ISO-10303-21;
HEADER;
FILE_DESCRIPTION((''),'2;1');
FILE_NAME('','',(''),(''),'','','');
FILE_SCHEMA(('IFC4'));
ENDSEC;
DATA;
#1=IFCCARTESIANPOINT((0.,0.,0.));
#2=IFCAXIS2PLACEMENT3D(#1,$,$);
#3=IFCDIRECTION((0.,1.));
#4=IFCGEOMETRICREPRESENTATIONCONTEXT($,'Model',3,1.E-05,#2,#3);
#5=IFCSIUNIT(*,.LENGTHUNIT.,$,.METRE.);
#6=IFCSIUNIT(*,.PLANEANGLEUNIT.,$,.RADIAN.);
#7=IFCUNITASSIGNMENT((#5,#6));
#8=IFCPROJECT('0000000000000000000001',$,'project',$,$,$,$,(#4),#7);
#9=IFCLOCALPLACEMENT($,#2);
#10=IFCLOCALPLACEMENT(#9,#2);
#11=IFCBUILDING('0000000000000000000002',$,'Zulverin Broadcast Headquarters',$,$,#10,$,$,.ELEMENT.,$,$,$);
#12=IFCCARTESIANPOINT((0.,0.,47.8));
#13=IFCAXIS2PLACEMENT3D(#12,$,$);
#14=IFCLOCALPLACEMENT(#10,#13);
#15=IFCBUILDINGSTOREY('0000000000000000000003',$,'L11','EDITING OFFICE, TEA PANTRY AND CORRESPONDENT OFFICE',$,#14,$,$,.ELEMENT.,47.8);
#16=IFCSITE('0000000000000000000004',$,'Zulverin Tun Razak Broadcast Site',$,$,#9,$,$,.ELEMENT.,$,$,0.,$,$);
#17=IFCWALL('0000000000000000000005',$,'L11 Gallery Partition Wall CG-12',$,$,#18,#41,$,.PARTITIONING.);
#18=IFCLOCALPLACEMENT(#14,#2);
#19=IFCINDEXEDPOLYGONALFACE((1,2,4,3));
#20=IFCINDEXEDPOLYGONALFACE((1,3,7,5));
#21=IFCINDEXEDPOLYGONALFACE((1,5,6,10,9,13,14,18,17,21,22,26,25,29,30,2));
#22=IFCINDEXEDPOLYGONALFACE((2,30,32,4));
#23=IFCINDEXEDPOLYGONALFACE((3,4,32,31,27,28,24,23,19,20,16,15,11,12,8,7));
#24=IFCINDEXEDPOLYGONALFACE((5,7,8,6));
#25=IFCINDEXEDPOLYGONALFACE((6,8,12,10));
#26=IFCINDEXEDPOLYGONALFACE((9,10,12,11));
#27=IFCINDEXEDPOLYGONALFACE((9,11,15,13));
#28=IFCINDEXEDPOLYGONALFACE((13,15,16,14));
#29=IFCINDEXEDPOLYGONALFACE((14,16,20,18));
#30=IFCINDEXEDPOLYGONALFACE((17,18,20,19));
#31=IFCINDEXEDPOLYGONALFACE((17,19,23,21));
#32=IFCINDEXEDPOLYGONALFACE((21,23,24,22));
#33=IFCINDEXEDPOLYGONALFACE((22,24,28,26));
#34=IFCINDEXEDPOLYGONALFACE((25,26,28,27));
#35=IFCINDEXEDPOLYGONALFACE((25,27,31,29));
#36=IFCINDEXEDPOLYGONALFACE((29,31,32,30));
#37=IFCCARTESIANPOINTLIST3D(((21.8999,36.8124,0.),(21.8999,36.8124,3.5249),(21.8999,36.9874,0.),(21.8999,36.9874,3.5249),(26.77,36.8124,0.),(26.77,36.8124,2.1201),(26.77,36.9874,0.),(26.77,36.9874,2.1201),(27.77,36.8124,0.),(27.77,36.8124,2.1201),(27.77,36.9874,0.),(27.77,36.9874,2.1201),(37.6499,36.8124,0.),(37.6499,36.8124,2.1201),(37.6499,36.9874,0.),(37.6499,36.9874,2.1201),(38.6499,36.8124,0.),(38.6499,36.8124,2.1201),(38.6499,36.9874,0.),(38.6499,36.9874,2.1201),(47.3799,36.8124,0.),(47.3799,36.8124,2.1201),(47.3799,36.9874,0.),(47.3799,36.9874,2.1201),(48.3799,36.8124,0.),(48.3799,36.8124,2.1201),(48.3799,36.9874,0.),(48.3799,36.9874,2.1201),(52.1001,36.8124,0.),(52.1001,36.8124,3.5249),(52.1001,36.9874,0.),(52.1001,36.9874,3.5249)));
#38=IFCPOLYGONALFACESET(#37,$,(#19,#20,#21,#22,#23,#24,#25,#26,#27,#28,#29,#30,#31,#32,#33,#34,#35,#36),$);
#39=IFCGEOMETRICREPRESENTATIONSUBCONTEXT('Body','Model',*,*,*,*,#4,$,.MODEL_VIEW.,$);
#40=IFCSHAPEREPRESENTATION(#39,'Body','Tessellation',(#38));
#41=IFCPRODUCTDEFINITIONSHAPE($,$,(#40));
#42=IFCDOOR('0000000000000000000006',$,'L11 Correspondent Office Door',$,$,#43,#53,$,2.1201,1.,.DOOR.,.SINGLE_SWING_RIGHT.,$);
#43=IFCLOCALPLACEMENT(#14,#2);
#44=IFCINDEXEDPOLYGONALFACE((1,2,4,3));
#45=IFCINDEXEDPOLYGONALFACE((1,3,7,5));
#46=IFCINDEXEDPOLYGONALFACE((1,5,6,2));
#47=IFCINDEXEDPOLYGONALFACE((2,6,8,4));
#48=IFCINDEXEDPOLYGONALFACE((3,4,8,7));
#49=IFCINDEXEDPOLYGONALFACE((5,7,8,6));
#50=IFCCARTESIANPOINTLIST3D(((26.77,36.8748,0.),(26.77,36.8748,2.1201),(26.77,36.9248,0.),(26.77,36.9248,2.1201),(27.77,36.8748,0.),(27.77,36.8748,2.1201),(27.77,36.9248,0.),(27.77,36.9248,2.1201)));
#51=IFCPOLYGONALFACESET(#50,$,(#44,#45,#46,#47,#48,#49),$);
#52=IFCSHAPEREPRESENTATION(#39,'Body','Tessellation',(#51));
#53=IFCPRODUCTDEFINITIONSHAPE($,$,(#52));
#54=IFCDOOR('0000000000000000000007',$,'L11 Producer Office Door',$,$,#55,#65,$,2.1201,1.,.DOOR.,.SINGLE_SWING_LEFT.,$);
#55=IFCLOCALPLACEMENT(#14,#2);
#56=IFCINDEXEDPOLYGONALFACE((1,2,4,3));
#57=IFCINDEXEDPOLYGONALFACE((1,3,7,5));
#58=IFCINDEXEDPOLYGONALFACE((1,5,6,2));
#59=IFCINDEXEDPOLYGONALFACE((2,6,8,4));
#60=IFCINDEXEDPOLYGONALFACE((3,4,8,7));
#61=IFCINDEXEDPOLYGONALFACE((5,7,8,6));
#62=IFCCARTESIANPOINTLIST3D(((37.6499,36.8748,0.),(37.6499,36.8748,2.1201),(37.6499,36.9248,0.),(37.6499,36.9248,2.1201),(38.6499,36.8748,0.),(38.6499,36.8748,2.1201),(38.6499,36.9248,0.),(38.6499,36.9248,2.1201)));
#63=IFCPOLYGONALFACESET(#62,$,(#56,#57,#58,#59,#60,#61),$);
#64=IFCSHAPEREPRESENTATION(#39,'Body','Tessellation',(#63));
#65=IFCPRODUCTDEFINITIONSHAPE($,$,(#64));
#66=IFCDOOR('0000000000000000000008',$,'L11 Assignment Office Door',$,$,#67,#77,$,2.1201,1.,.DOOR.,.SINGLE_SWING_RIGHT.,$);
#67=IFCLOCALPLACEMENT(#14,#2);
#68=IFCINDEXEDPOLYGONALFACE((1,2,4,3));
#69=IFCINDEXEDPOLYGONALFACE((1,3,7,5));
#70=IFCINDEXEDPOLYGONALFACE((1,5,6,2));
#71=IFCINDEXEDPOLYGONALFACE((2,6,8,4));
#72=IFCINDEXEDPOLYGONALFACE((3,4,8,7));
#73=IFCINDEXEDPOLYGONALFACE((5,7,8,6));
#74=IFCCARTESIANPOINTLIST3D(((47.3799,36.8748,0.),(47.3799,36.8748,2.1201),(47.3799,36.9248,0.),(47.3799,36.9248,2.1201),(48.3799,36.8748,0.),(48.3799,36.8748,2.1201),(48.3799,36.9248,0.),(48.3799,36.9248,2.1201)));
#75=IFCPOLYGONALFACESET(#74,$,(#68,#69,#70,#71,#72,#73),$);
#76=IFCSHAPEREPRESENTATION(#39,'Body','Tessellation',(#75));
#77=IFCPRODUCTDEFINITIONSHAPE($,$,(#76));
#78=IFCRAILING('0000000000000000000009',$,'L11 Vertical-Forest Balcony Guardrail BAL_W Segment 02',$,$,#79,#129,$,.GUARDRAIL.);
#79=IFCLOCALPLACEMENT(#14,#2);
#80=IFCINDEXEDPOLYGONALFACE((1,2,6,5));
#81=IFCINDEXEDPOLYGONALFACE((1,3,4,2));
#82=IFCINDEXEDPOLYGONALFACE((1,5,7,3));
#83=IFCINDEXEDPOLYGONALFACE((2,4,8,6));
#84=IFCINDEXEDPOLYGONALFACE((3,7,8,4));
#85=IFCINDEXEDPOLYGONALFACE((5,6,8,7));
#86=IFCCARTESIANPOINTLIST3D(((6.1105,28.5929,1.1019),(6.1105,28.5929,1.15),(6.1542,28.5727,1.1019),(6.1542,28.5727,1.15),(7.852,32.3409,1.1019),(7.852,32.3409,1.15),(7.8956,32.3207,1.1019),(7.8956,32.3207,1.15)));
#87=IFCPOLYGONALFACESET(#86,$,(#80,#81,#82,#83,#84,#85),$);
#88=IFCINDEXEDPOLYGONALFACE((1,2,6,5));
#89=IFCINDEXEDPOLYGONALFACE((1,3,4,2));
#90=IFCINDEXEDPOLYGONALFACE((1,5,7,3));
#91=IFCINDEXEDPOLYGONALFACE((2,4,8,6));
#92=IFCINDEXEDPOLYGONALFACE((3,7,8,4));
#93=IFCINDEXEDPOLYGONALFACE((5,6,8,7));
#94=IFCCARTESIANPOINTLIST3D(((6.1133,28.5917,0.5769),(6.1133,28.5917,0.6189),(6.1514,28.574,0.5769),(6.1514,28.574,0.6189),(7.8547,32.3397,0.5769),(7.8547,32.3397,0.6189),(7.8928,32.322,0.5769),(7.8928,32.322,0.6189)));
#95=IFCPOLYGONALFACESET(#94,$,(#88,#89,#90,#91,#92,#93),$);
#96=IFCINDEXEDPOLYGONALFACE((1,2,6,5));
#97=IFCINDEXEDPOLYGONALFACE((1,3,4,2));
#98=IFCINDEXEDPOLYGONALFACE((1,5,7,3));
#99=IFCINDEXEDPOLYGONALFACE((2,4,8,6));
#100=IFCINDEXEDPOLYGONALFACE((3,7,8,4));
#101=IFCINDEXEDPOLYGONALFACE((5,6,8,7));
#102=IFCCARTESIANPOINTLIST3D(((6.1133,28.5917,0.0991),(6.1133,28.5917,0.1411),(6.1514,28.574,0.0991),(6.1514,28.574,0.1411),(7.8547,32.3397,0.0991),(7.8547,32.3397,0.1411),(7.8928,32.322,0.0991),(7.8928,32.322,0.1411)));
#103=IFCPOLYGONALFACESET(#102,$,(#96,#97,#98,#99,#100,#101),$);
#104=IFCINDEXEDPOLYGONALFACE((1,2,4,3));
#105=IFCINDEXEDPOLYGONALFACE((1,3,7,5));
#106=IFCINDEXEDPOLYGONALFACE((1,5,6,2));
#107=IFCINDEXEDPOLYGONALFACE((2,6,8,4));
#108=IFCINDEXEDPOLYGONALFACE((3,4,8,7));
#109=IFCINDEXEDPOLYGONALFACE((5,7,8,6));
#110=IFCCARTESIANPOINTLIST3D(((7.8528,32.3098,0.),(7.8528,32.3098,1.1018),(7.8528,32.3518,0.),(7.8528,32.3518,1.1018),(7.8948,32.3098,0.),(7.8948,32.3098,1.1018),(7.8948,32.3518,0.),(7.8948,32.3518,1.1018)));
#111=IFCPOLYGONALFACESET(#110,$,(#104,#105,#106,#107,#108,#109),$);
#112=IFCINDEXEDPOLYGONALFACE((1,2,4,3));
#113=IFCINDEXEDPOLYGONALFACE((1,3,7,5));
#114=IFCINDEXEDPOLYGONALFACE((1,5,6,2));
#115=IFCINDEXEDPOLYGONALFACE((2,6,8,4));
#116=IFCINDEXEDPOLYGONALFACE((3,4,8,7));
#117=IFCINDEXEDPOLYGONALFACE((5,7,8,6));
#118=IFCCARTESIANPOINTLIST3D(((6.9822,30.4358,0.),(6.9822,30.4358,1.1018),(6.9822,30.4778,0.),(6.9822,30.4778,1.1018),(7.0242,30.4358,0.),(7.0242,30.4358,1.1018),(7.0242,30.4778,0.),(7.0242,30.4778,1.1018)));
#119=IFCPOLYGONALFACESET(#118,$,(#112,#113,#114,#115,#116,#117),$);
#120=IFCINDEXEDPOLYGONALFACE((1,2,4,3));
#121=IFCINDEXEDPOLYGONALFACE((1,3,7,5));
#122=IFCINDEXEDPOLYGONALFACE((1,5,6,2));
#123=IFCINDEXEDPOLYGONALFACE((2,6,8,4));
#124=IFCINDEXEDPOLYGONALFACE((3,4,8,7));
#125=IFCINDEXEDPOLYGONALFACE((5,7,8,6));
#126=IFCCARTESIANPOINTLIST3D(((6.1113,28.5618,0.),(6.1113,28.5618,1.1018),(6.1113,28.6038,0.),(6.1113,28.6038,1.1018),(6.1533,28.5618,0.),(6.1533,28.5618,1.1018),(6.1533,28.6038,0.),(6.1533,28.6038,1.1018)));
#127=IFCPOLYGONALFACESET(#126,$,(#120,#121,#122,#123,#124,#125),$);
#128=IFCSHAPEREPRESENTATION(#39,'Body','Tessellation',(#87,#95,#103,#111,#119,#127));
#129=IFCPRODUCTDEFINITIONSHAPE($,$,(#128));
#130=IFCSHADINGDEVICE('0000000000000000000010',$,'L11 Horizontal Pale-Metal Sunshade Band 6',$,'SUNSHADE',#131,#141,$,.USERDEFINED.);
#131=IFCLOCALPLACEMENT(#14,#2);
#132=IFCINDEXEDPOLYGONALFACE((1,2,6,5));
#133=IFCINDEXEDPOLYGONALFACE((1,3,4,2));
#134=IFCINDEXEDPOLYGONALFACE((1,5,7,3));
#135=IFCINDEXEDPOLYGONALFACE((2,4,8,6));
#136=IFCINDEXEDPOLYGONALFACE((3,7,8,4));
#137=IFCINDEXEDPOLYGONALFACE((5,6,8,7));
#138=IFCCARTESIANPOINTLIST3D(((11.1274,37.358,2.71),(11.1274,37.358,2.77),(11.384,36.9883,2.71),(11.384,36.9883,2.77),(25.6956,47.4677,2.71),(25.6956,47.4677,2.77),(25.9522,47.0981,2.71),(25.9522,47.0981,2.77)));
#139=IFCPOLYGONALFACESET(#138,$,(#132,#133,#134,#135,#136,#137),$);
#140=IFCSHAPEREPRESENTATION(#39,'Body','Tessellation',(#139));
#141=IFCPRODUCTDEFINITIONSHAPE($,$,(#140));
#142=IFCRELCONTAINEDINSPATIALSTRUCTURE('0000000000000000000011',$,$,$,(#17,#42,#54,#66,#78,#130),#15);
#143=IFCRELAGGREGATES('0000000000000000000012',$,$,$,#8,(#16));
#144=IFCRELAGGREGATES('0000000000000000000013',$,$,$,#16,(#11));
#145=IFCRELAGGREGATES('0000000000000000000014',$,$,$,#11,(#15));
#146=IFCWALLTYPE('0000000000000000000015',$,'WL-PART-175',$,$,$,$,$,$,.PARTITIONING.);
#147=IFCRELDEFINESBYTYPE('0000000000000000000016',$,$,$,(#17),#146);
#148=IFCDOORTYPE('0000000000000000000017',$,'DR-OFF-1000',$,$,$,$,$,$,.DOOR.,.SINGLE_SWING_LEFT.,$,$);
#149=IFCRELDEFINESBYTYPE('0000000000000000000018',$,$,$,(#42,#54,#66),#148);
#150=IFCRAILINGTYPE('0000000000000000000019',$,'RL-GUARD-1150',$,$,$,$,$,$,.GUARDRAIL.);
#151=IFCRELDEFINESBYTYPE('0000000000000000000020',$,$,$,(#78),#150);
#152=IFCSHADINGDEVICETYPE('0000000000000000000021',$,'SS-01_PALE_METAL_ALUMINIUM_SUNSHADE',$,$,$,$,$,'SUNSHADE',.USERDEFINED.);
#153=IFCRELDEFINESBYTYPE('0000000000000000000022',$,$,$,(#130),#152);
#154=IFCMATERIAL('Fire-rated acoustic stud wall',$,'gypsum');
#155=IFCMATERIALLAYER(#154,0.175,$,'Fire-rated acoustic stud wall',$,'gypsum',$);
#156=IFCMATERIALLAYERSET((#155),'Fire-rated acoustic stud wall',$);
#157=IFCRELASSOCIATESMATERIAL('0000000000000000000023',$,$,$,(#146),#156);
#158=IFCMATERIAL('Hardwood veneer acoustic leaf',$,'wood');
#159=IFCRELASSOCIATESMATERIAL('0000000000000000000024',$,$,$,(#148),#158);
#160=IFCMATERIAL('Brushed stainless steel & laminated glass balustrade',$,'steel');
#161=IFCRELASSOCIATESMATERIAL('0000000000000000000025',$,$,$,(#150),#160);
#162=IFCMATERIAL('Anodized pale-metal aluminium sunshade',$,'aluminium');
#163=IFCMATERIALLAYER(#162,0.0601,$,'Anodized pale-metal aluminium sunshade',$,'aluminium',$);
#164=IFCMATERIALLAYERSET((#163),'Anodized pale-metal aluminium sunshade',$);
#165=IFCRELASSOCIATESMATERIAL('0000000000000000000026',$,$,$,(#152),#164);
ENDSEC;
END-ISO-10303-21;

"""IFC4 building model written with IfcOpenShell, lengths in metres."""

from ifc_helpers import new_model, si_unit, direction, frame, frame_2d, origin, origin_2d, place, context, subcontext, project, spatial, rectangle, extrude, material, layer, layer_set, type_object, element, fill, save


model = new_model("IFC4")

# Units and contexts
model_context = context("Model", 3, precision=1e-05, world=origin(), true_north=direction((0.0, 1.0)))
body_context = subcontext(model_context, "Body", "Model", "MODEL_VIEW")
ifc_project = project(units=[si_unit("LENGTHUNIT", "METRE"), si_unit("PLANEANGLEUNIT", "RADIAN")], contexts=[model_context])

# Site, building, storey
site_placement = place(None, origin())
site = spatial("IfcSite", under=ifc_project, at=site_placement, Name="Zulverin Tun Razak Broadcast Site", CompositionType="ELEMENT", RefElevation=0.0)
building_placement = place(site_placement, origin())
building = spatial("IfcBuilding", under=site, at=building_placement, Name="Zulverin Broadcast Headquarters", CompositionType="ELEMENT")
storey_placement = place(building_placement, frame((0.0, 0.0, 47.8)))
storey = spatial("IfcBuildingStorey", under=building, at=storey_placement, Name="L11", Description="EDITING OFFICE, TEA PANTRY AND CORRESPONDENT OFFICE", CompositionType="ELEMENT", Elevation=47.8)

# Wall, openings, doors
ifc_material_1 = material(Name="Fire-rated acoustic stud wall", Category="gypsum")
ifc_layer_1 = layer(ifc_material_1, 0.175, Name="Fire-rated acoustic stud wall", Category="gypsum")
ifc_layer_set_1 = layer_set([ifc_layer_1], Name="Fire-rated acoustic stud wall")
wall_type_1 = type_object("IfcWallType", Name="WL-PART-175", PredefinedType="PARTITIONING", material=ifc_layer_set_1)
wall_1_placement = place(storey_placement, frame((21.8999, 36.8999, 0.0), z_axis=(0.0, 0.0, 1.0), x_axis=(1.0, 0.0, 0.0)))
wall_1 = element("IfcWall", 1, at=wall_1_placement, inside=storey, type_object=wall_type_1, Name="L11 Gallery Partition Wall CG-12", PredefinedType="PARTITIONING", context=body_context, shape_type="SweptSolid", body=[
    extrude(rectangle(XDim=30.2002, YDim=0.175, at=frame_2d((15.1001, 0.0))), origin(), (0.0, 0.0, 1.0), 3.5249),
])
opening_1_placement = place(wall_1_placement, frame((4.8701, 0.0, 0.0)))
opening_1 = element("IfcOpeningElement", 2, at=opening_1_placement, cuts=wall_1, PredefinedType="OPENING", context=body_context, shape_type="SweptSolid", body=[
    extrude(rectangle(XDim=1.0, YDim=2.1201, at=frame_2d((0.5, 1.0601))), frame((0.0, 0.0974, 0.0), z_axis=(0.0, -1.0, 0.0), x_axis=(1.0, 0.0, 0.0)), (0.0, 0.0, 1.0), 0.1951),
])
opening_2_placement = place(wall_1_placement, frame((15.75, 0.0, 0.0)))
opening_2 = element("IfcOpeningElement", 3, at=opening_2_placement, cuts=wall_1, PredefinedType="OPENING", context=body_context, shape_type="SweptSolid", body=[
    extrude(rectangle(XDim=1.0, YDim=2.1201, at=frame_2d((0.5, 1.0601))), frame((0.0, 0.0974, 0.0), z_axis=(0.0, -1.0, 0.0), x_axis=(1.0, 0.0, 0.0)), (0.0, 0.0, 1.0), 0.1951),
])
opening_3_placement = place(wall_1_placement, frame((25.48, 0.0, 0.0)))
opening_3 = element("IfcOpeningElement", 4, at=opening_3_placement, cuts=wall_1, PredefinedType="OPENING", context=body_context, shape_type="SweptSolid", body=[
    extrude(rectangle(XDim=1.0, YDim=2.1201, at=frame_2d((0.5, 1.0601))), frame((0.0, 0.0974, 0.0), z_axis=(0.0, -1.0, 0.0), x_axis=(1.0, 0.0, 0.0)), (0.0, 0.0, 1.0), 0.1951),
])
ifc_material_2 = material(Name="Hardwood veneer acoustic leaf", Category="wood")
door_type_1 = type_object("IfcDoorType", Name="DR-OFF-1000", OperationType="SINGLE_SWING_LEFT", PredefinedType="DOOR", material=ifc_material_2)
door_1_placement = place(opening_1_placement, origin())
door_1 = element("IfcDoor", 5, at=door_1_placement, inside=storey, type_object=door_type_1, Name="L11 Correspondent Office Door", OperationType="SINGLE_SWING_RIGHT", OverallHeight=2.1201, OverallWidth=1.0, PredefinedType="DOOR", context=body_context, shape_type="SweptSolid", body=[
    extrude(rectangle(XDim=1.0, YDim=2.1201, at=frame_2d((0.5, 1.0601))), frame((0.0, 0.0249, 0.0), z_axis=(0.0, -1.0, 0.0), x_axis=(1.0, 0.0, 0.0)), (0.0, 0.0, 1.0), 0.05),
])
fill(opening_1, door_1)
door_2_placement = place(opening_2_placement, origin())
door_2 = element("IfcDoor", 6, at=door_2_placement, inside=storey, type_object=door_type_1, Name="L11 Producer Office Door", OperationType="SINGLE_SWING_LEFT", OverallHeight=2.1201, OverallWidth=1.0, PredefinedType="DOOR", context=body_context, shape_type="SweptSolid", body=[
    extrude(rectangle(XDim=1.0, YDim=2.1201, at=frame_2d((0.5, 1.0601))), frame((0.0, 0.0249, 0.0), z_axis=(0.0, -1.0, 0.0), x_axis=(1.0, 0.0, 0.0)), (0.0, 0.0, 1.0), 0.05),
])
fill(opening_2, door_2)
door_3_placement = place(opening_3_placement, origin())
door_3 = element("IfcDoor", 7, at=door_3_placement, inside=storey, type_object=door_type_1, Name="L11 Assignment Office Door", OperationType="SINGLE_SWING_RIGHT", OverallHeight=2.1201, OverallWidth=1.0, PredefinedType="DOOR", context=body_context, shape_type="SweptSolid", body=[
    extrude(rectangle(XDim=1.0, YDim=2.1201, at=frame_2d((0.5, 1.0601))), frame((0.0, 0.0249, 0.0), z_axis=(0.0, -1.0, 0.0), x_axis=(1.0, 0.0, 0.0)), (0.0, 0.0, 1.0), 0.05),
])
fill(opening_3, door_3)

# Railing
ifc_material_3 = material(Name="Brushed stainless steel & laminated glass balustrade", Category="steel")
railing_type = type_object("IfcRailingType", Name="RL-GUARD-1150", PredefinedType="GUARDRAIL", material=ifc_material_3)
railing_placement = place(storey_placement, frame((7.8738, 32.3308, 0.0)))
element("IfcRailing", 8, at=railing_placement, inside=storey, type_object=railing_type, Name="L11 Vertical-Forest Balcony Guardrail BAL_W Segment 02", PredefinedType="GUARDRAIL", context=body_context, shape_type="SweptSolid", body=[
    extrude(rectangle(XDim=0.0481, YDim=0.0481, at=origin_2d()), frame((0.0, 0.0, 1.126), z_axis=(-0.421368, -0.90689, 0.0), x_axis=(0.90689, -0.421368, 0.0)), (0.0, 0.0, 1.0), 4.1328),
    extrude(rectangle(XDim=0.042, YDim=0.042, at=origin_2d()), frame((0.0, 0.0, 0.5979), z_axis=(-0.421368, -0.90689, 0.0), x_axis=(0.90689, -0.421368, 0.0)), (0.0, 0.0, 1.0), 4.1328),
    extrude(rectangle(XDim=0.042, YDim=0.042, at=origin_2d()), frame((0.0, 0.0, 0.1201), z_axis=(-0.421368, -0.90689, 0.0), x_axis=(0.90689, -0.421368, 0.0)), (0.0, 0.0, 1.0), 4.1328),
    extrude(rectangle(XDim=0.042, YDim=0.042, at=origin_2d()), origin(), (0.0, 0.0, 1.0), 1.1018),
    extrude(rectangle(XDim=0.042, YDim=0.042, at=origin_2d()), frame((-0.8706, -1.874, 0.0)), (0.0, 0.0, 1.0), 1.1018),
    extrude(rectangle(XDim=0.042, YDim=0.042, at=origin_2d()), frame((-1.7415, -3.748, 0.0)), (0.0, 0.0, 1.0), 1.1018),
])

# Shading device
ifc_material_4 = material(Name="Anodized pale-metal aluminium sunshade", Category="aluminium")
ifc_layer_2 = layer(ifc_material_4, 0.0601, Name="Anodized pale-metal aluminium sunshade", Category="aluminium")
ifc_layer_set_2 = layer_set([ifc_layer_2], Name="Anodized pale-metal aluminium sunshade")
shading_device_type = type_object("IfcShadingDeviceType", Name="SS-01_PALE_METAL_ALUMINIUM_SUNSHADE", ElementType="SUNSHADE", PredefinedType="USERDEFINED", material=ifc_layer_set_2)
shading_device_placement = place(storey_placement, frame((18.5398, 42.228, 2.71), z_axis=(0.0, 0.0, 1.0), x_axis=(-0.821556, -0.570127, 0.0)))
element("IfcShadingDevice", 9, at=shading_device_placement, inside=storey, type_object=shading_device_type, Name="L11 Horizontal Pale-Metal Sunshade Band 6", ObjectType="SUNSHADE", PredefinedType="USERDEFINED", context=body_context, shape_type="SweptSolid", body=[
    extrude(rectangle(XDim=17.7324, YDim=0.45, at=origin_2d()), origin(), (0.0, 0.0, 1.0), 0.0601),
])

save(model, "model.ifc")
